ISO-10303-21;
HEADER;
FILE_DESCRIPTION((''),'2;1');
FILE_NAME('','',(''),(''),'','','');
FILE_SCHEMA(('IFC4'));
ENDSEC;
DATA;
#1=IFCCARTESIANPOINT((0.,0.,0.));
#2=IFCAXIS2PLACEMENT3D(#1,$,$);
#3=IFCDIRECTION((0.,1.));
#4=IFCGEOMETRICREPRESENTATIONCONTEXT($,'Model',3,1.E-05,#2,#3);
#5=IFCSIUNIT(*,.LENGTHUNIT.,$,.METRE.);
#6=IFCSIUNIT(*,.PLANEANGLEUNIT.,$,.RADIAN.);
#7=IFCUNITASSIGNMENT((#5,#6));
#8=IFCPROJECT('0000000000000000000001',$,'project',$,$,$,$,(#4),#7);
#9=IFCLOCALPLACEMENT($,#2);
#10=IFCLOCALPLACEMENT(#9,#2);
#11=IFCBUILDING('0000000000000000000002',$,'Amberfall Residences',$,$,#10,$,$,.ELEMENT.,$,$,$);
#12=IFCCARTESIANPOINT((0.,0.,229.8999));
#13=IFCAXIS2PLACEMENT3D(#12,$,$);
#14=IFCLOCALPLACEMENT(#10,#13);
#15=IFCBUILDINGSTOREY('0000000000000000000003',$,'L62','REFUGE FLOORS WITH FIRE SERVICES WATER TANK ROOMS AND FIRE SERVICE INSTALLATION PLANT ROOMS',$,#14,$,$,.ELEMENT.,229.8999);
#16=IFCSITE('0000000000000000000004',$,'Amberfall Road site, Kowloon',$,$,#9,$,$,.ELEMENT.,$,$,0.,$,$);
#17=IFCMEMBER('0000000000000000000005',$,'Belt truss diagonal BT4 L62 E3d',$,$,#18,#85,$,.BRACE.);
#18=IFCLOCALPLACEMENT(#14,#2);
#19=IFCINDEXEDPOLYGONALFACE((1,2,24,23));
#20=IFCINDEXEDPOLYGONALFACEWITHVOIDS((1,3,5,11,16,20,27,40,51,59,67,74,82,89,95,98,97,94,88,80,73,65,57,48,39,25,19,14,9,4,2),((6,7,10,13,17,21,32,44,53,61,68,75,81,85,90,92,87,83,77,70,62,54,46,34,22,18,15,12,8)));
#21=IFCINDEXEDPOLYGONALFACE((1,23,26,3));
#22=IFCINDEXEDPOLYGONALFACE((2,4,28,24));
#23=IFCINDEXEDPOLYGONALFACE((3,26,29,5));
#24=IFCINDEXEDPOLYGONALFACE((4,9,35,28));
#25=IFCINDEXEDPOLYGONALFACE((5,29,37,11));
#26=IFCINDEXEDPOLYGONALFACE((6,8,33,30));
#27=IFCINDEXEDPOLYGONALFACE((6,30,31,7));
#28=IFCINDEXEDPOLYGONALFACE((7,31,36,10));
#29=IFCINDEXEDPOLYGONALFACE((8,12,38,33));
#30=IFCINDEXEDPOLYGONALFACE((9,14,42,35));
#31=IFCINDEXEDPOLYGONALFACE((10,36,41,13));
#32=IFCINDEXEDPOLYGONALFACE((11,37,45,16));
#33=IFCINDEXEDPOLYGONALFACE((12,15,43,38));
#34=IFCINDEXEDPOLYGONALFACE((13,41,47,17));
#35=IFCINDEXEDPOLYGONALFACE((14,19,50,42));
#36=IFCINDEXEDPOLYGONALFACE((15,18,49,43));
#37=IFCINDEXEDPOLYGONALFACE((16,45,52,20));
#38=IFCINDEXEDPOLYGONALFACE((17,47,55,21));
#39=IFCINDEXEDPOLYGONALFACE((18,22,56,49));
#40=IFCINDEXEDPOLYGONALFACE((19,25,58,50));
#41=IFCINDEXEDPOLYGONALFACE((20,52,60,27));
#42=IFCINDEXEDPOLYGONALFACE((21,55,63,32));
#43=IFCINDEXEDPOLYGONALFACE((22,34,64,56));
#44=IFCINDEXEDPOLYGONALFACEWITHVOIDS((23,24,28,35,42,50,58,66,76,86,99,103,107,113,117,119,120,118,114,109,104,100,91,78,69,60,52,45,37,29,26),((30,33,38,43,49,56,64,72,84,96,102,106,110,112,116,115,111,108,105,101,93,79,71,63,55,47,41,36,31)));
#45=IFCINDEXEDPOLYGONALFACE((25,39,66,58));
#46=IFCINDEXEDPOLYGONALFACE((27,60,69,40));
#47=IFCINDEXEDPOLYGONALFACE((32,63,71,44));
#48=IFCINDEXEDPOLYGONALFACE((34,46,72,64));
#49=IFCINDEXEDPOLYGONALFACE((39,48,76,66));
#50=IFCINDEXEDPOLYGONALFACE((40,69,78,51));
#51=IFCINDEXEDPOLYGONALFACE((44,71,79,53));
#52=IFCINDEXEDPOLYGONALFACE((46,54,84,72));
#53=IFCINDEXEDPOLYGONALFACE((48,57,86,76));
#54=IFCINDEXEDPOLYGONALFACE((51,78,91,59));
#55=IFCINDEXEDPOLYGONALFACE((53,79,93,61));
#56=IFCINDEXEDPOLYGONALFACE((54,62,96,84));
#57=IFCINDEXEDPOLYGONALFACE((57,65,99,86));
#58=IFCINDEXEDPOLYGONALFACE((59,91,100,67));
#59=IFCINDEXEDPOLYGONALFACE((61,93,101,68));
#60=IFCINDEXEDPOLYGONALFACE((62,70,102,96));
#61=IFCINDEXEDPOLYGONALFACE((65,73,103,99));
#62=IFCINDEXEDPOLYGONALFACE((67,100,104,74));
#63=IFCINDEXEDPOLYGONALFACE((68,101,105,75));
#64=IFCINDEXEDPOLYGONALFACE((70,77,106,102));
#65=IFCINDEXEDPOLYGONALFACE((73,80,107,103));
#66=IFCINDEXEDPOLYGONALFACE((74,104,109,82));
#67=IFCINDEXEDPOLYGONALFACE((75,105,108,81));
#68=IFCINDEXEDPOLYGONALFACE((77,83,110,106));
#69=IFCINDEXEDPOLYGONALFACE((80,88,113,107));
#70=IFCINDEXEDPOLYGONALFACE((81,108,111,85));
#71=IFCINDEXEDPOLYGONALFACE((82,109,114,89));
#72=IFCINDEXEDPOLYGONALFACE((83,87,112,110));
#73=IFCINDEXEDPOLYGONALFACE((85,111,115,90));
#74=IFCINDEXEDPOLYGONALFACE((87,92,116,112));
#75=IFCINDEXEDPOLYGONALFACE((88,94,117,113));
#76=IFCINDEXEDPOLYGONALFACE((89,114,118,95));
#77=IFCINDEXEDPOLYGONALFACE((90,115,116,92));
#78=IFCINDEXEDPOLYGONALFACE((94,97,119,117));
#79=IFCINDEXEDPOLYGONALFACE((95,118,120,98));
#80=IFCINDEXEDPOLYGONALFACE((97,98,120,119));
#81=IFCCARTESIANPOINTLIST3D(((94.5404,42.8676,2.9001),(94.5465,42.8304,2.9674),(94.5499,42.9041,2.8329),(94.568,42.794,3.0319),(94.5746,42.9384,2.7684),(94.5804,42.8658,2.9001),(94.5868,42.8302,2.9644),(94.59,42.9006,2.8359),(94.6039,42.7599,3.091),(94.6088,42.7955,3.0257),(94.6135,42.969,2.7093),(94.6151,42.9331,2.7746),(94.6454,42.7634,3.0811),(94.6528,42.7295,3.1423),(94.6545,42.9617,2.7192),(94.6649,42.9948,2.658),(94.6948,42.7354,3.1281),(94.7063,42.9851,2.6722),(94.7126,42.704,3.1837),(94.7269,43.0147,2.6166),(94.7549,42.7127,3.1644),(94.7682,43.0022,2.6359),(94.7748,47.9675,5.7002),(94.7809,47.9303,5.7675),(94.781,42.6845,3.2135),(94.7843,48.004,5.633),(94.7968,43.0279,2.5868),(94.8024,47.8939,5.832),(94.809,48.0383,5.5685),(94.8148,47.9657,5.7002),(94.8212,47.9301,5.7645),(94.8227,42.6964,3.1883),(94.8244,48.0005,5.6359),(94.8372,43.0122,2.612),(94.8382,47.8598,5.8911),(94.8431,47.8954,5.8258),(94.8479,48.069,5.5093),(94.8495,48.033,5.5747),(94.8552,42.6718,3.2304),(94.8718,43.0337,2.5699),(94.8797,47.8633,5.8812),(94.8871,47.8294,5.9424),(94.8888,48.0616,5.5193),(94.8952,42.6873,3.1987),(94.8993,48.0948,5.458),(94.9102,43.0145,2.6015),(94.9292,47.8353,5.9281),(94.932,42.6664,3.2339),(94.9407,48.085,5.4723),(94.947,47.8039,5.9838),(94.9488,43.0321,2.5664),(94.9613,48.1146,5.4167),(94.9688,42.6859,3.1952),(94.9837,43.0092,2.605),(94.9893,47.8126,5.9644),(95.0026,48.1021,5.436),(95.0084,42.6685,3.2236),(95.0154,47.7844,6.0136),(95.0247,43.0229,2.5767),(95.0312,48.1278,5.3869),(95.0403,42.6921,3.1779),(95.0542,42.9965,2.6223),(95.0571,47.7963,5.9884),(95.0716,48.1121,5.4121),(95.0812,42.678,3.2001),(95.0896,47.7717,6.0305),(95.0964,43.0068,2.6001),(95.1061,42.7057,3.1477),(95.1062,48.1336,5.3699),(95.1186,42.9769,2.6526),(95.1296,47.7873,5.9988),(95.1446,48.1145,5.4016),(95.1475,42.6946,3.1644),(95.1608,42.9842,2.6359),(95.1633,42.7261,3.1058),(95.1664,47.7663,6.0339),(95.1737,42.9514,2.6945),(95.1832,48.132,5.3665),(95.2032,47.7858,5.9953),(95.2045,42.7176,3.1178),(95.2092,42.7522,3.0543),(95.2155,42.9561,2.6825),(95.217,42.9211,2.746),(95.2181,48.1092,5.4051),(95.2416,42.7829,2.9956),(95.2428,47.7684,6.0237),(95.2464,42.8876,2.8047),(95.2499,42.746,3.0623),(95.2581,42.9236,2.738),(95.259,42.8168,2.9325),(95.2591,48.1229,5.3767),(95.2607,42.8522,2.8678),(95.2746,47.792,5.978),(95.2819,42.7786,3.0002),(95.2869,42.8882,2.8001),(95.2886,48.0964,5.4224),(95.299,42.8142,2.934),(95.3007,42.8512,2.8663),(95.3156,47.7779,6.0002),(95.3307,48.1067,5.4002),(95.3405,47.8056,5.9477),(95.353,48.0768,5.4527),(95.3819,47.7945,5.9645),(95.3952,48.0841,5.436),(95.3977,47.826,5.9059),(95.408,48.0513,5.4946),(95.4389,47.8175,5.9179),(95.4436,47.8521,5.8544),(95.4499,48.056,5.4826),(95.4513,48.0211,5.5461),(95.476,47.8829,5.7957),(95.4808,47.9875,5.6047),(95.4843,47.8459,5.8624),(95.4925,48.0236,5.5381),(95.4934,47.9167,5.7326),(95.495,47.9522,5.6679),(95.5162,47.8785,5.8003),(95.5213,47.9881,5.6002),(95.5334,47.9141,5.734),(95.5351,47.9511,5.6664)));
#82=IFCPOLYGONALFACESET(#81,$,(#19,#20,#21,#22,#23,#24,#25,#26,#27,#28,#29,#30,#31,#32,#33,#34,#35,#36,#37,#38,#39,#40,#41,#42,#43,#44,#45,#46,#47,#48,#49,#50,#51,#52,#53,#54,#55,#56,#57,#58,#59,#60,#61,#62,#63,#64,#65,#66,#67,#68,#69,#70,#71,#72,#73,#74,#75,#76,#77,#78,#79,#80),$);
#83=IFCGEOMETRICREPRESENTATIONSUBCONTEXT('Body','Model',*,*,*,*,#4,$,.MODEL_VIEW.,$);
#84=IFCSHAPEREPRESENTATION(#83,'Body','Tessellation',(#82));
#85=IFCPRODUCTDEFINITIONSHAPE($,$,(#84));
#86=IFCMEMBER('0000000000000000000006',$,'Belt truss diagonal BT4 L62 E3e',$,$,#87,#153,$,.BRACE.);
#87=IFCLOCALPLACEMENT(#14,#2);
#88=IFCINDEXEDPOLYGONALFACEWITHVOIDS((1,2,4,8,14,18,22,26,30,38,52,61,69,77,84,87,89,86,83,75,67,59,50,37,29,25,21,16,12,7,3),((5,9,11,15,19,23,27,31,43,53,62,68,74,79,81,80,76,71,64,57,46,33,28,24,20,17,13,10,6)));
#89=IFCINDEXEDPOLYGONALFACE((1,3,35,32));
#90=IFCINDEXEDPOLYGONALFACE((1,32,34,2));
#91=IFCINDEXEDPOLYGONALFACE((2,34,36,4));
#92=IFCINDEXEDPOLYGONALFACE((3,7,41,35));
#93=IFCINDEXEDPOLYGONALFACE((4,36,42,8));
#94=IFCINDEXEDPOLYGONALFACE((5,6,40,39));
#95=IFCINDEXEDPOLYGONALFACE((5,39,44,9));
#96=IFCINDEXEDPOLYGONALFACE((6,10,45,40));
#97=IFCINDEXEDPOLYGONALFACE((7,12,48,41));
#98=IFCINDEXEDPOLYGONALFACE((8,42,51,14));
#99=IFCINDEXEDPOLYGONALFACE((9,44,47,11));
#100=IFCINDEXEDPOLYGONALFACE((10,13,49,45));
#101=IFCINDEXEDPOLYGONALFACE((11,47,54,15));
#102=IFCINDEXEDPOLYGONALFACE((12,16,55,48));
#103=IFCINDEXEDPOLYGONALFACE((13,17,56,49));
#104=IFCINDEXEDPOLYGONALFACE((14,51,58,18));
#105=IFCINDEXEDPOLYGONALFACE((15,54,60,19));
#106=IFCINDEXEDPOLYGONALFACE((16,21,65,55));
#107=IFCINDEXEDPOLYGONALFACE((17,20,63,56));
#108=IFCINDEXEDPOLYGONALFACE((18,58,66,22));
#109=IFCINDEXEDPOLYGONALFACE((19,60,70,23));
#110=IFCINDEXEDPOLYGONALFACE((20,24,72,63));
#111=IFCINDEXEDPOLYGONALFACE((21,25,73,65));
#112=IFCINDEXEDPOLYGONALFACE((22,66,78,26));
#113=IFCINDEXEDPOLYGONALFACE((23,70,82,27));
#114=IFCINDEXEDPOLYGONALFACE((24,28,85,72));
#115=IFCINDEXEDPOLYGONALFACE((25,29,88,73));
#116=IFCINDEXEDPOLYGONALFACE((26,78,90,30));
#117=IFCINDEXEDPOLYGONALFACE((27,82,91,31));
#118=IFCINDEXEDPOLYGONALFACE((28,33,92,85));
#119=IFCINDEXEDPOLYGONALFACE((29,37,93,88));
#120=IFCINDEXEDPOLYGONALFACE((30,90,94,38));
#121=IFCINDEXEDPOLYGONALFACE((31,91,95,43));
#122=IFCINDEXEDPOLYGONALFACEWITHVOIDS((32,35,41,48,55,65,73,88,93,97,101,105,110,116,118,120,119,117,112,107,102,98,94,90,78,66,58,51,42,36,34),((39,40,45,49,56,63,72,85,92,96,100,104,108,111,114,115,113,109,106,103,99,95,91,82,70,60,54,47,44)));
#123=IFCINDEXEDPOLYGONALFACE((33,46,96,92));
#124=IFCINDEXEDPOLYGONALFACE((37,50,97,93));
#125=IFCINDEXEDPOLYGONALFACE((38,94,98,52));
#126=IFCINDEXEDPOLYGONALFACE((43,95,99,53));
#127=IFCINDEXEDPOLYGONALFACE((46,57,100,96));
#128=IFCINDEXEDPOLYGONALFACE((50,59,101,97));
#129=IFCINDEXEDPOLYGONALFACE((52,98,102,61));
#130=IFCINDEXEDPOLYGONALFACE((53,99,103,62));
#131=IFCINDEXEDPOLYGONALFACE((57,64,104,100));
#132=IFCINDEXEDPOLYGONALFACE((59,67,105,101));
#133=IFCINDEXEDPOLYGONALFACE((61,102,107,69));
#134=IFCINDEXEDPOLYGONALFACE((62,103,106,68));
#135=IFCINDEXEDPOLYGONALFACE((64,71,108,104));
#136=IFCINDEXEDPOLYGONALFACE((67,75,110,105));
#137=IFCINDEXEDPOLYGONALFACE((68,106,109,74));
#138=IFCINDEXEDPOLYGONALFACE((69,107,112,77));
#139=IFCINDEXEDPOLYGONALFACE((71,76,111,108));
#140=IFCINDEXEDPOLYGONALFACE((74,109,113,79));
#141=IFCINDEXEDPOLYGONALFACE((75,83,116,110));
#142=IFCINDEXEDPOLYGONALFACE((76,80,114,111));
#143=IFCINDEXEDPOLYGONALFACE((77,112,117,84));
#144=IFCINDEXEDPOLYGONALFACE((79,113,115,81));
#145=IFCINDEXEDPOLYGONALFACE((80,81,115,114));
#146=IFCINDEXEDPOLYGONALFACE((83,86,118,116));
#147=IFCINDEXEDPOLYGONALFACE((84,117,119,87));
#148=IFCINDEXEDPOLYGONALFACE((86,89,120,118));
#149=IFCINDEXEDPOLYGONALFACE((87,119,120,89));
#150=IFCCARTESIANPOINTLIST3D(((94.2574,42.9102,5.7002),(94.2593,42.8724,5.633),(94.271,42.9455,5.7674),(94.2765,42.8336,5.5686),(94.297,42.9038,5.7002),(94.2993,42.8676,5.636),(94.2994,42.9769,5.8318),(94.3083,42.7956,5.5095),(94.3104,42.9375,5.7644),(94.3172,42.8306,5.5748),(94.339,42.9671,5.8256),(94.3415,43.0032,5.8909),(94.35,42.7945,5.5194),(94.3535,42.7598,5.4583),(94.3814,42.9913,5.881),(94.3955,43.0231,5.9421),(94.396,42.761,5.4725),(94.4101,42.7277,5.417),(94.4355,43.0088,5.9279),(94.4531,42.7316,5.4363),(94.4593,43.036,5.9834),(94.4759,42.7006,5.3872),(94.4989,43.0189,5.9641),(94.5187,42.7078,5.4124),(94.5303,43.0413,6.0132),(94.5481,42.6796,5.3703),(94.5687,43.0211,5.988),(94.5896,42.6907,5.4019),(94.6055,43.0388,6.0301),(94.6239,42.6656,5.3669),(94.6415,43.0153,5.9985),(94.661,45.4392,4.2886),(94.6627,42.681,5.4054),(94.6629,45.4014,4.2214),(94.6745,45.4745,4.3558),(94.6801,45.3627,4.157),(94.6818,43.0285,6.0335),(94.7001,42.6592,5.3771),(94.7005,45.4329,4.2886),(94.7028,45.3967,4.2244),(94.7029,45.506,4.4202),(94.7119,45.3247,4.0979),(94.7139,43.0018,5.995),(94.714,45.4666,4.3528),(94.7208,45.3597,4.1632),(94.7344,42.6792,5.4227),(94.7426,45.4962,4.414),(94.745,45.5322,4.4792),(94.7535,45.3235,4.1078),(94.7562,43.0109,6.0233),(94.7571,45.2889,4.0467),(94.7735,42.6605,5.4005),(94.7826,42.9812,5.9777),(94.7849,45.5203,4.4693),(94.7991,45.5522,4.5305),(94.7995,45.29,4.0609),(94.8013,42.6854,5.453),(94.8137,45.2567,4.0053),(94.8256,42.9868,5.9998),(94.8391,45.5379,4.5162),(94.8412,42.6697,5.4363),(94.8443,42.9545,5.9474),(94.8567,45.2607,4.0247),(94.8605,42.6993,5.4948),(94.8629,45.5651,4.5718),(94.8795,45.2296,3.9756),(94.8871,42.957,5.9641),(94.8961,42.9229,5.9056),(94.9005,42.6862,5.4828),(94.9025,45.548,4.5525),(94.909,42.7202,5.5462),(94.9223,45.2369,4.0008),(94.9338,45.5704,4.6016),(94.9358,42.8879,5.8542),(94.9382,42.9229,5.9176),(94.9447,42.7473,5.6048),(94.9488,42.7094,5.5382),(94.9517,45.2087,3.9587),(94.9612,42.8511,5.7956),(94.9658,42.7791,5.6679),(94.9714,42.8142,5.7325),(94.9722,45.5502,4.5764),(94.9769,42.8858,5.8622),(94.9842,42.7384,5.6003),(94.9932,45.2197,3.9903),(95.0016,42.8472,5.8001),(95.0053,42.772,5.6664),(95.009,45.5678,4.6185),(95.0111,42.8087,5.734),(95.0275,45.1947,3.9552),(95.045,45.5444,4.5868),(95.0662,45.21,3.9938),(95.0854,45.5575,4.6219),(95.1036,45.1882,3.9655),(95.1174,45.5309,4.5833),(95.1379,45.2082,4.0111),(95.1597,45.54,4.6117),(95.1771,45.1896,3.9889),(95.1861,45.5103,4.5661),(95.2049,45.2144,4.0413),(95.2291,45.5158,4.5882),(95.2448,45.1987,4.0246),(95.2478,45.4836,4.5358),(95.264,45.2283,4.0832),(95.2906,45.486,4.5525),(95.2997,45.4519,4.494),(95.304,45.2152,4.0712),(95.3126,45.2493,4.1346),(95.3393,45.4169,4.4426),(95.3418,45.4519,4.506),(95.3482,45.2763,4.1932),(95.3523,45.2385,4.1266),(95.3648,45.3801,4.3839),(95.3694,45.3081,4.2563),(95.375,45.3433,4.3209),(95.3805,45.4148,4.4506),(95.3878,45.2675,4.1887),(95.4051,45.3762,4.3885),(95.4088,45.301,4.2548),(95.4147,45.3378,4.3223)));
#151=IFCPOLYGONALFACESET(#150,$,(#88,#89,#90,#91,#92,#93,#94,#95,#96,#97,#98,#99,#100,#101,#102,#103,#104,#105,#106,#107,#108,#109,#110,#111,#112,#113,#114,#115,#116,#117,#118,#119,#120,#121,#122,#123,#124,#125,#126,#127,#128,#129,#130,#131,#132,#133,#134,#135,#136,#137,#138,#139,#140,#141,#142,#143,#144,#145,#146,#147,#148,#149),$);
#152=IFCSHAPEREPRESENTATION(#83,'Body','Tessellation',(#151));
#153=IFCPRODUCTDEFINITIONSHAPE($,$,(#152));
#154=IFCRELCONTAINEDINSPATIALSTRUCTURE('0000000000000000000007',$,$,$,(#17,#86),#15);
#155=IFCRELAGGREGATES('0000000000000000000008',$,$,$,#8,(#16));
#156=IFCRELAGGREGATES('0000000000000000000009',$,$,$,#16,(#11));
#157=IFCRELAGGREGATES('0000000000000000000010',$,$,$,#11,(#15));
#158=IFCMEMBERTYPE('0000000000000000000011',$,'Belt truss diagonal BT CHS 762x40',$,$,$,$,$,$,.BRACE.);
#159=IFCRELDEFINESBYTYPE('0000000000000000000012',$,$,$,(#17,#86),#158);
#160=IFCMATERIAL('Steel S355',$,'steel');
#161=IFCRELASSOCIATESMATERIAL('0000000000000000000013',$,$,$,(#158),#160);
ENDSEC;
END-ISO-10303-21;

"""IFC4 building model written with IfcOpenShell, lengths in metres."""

from ifc_helpers import new_model, si_unit, direction, frame, origin, origin_2d, place, context, subcontext, project, spatial, hollow_circle, extrude, material, material_profile, profile_set, type_object, element, save


model = new_model("IFC4")

# Units and contexts
model_context = context("Model", 3, precision=1e-05, world=origin(), true_north=direction((0.0, 1.0)))
body_context = subcontext(model_context, "Body", "Model", "MODEL_VIEW")
ifc_project = project(units=[si_unit("LENGTHUNIT", "METRE"), si_unit("PLANEANGLEUNIT", "RADIAN")], contexts=[model_context])

# Site, building, storey
site_placement = place(None, origin())
site = spatial("IfcSite", under=ifc_project, at=site_placement, Name="Amberfall Road site, Kowloon", CompositionType="ELEMENT", RefElevation=0.0)
building_placement = place(site_placement, origin())
building = spatial("IfcBuilding", under=site, at=building_placement, Name="Amberfall Residences", CompositionType="ELEMENT")
storey_placement = place(building_placement, frame((0.0, 0.0, 229.8999)))
storey = spatial("IfcBuildingStorey", under=building, at=storey_placement, Name="L62", Description="REFUGE FLOORS WITH FIRE SERVICES WATER TANK ROOMS AND FIRE SERVICE INSTALLATION PLANT ROOMS", CompositionType="ELEMENT", Elevation=229.8999)

# Shared definitions
ifc_material_1 = material(Name="Steel S355", Category="steel")

# Members
ifc_material_profile_1 = material_profile(ifc_material_1, hollow_circle(Radius=0.3811, WallThickness=0.04, at=origin_2d()), Name="CHS 762x40")
ifc_profile_set_1 = profile_set([ifc_material_profile_1], Name="Steel S355")
member_type_1 = type_object("IfcMemberType", Name="Belt truss diagonal BT CHS 762x40", PredefinedType="BRACE", material=ifc_profile_set_1)
member_1_placement = place(storey_placement, frame((94.9211, 42.8501, 2.9001), z_axis=(0.040252, 0.875859, 0.480886), x_axis=(-0.998946, 0.045909, 0.0)))
element("IfcMember", 1, at=member_1_placement, inside=storey, type_object=member_type_1, Name="Belt truss diagonal BT4 L62 E3d", PredefinedType="BRACE", context=body_context, shape_type="SweptSolid", body=[
    extrude(hollow_circle(Radius=0.3811, WallThickness=0.04, at=origin_2d()), origin(), (0.0, 0.0, 1.0), 5.8228),
])
member_2_placement = place(storey_placement, frame((94.6338, 42.8501, 5.7002), z_axis=(0.138003, 0.864835, -0.482718), x_axis=(-0.987507, 0.157578, 0.0)))
element("IfcMember", 2, at=member_2_placement, inside=storey, type_object=member_type_1, Name="Belt truss diagonal BT4 L62 E3e", PredefinedType="BRACE", context=body_context, shape_type="SweptSolid", body=[
    extrude(hollow_circle(Radius=0.3811, WallThickness=0.04, at=origin_2d()), origin(), (0.0, 0.0, 1.0), 2.9243),
])

save(model, "model.ifc")
